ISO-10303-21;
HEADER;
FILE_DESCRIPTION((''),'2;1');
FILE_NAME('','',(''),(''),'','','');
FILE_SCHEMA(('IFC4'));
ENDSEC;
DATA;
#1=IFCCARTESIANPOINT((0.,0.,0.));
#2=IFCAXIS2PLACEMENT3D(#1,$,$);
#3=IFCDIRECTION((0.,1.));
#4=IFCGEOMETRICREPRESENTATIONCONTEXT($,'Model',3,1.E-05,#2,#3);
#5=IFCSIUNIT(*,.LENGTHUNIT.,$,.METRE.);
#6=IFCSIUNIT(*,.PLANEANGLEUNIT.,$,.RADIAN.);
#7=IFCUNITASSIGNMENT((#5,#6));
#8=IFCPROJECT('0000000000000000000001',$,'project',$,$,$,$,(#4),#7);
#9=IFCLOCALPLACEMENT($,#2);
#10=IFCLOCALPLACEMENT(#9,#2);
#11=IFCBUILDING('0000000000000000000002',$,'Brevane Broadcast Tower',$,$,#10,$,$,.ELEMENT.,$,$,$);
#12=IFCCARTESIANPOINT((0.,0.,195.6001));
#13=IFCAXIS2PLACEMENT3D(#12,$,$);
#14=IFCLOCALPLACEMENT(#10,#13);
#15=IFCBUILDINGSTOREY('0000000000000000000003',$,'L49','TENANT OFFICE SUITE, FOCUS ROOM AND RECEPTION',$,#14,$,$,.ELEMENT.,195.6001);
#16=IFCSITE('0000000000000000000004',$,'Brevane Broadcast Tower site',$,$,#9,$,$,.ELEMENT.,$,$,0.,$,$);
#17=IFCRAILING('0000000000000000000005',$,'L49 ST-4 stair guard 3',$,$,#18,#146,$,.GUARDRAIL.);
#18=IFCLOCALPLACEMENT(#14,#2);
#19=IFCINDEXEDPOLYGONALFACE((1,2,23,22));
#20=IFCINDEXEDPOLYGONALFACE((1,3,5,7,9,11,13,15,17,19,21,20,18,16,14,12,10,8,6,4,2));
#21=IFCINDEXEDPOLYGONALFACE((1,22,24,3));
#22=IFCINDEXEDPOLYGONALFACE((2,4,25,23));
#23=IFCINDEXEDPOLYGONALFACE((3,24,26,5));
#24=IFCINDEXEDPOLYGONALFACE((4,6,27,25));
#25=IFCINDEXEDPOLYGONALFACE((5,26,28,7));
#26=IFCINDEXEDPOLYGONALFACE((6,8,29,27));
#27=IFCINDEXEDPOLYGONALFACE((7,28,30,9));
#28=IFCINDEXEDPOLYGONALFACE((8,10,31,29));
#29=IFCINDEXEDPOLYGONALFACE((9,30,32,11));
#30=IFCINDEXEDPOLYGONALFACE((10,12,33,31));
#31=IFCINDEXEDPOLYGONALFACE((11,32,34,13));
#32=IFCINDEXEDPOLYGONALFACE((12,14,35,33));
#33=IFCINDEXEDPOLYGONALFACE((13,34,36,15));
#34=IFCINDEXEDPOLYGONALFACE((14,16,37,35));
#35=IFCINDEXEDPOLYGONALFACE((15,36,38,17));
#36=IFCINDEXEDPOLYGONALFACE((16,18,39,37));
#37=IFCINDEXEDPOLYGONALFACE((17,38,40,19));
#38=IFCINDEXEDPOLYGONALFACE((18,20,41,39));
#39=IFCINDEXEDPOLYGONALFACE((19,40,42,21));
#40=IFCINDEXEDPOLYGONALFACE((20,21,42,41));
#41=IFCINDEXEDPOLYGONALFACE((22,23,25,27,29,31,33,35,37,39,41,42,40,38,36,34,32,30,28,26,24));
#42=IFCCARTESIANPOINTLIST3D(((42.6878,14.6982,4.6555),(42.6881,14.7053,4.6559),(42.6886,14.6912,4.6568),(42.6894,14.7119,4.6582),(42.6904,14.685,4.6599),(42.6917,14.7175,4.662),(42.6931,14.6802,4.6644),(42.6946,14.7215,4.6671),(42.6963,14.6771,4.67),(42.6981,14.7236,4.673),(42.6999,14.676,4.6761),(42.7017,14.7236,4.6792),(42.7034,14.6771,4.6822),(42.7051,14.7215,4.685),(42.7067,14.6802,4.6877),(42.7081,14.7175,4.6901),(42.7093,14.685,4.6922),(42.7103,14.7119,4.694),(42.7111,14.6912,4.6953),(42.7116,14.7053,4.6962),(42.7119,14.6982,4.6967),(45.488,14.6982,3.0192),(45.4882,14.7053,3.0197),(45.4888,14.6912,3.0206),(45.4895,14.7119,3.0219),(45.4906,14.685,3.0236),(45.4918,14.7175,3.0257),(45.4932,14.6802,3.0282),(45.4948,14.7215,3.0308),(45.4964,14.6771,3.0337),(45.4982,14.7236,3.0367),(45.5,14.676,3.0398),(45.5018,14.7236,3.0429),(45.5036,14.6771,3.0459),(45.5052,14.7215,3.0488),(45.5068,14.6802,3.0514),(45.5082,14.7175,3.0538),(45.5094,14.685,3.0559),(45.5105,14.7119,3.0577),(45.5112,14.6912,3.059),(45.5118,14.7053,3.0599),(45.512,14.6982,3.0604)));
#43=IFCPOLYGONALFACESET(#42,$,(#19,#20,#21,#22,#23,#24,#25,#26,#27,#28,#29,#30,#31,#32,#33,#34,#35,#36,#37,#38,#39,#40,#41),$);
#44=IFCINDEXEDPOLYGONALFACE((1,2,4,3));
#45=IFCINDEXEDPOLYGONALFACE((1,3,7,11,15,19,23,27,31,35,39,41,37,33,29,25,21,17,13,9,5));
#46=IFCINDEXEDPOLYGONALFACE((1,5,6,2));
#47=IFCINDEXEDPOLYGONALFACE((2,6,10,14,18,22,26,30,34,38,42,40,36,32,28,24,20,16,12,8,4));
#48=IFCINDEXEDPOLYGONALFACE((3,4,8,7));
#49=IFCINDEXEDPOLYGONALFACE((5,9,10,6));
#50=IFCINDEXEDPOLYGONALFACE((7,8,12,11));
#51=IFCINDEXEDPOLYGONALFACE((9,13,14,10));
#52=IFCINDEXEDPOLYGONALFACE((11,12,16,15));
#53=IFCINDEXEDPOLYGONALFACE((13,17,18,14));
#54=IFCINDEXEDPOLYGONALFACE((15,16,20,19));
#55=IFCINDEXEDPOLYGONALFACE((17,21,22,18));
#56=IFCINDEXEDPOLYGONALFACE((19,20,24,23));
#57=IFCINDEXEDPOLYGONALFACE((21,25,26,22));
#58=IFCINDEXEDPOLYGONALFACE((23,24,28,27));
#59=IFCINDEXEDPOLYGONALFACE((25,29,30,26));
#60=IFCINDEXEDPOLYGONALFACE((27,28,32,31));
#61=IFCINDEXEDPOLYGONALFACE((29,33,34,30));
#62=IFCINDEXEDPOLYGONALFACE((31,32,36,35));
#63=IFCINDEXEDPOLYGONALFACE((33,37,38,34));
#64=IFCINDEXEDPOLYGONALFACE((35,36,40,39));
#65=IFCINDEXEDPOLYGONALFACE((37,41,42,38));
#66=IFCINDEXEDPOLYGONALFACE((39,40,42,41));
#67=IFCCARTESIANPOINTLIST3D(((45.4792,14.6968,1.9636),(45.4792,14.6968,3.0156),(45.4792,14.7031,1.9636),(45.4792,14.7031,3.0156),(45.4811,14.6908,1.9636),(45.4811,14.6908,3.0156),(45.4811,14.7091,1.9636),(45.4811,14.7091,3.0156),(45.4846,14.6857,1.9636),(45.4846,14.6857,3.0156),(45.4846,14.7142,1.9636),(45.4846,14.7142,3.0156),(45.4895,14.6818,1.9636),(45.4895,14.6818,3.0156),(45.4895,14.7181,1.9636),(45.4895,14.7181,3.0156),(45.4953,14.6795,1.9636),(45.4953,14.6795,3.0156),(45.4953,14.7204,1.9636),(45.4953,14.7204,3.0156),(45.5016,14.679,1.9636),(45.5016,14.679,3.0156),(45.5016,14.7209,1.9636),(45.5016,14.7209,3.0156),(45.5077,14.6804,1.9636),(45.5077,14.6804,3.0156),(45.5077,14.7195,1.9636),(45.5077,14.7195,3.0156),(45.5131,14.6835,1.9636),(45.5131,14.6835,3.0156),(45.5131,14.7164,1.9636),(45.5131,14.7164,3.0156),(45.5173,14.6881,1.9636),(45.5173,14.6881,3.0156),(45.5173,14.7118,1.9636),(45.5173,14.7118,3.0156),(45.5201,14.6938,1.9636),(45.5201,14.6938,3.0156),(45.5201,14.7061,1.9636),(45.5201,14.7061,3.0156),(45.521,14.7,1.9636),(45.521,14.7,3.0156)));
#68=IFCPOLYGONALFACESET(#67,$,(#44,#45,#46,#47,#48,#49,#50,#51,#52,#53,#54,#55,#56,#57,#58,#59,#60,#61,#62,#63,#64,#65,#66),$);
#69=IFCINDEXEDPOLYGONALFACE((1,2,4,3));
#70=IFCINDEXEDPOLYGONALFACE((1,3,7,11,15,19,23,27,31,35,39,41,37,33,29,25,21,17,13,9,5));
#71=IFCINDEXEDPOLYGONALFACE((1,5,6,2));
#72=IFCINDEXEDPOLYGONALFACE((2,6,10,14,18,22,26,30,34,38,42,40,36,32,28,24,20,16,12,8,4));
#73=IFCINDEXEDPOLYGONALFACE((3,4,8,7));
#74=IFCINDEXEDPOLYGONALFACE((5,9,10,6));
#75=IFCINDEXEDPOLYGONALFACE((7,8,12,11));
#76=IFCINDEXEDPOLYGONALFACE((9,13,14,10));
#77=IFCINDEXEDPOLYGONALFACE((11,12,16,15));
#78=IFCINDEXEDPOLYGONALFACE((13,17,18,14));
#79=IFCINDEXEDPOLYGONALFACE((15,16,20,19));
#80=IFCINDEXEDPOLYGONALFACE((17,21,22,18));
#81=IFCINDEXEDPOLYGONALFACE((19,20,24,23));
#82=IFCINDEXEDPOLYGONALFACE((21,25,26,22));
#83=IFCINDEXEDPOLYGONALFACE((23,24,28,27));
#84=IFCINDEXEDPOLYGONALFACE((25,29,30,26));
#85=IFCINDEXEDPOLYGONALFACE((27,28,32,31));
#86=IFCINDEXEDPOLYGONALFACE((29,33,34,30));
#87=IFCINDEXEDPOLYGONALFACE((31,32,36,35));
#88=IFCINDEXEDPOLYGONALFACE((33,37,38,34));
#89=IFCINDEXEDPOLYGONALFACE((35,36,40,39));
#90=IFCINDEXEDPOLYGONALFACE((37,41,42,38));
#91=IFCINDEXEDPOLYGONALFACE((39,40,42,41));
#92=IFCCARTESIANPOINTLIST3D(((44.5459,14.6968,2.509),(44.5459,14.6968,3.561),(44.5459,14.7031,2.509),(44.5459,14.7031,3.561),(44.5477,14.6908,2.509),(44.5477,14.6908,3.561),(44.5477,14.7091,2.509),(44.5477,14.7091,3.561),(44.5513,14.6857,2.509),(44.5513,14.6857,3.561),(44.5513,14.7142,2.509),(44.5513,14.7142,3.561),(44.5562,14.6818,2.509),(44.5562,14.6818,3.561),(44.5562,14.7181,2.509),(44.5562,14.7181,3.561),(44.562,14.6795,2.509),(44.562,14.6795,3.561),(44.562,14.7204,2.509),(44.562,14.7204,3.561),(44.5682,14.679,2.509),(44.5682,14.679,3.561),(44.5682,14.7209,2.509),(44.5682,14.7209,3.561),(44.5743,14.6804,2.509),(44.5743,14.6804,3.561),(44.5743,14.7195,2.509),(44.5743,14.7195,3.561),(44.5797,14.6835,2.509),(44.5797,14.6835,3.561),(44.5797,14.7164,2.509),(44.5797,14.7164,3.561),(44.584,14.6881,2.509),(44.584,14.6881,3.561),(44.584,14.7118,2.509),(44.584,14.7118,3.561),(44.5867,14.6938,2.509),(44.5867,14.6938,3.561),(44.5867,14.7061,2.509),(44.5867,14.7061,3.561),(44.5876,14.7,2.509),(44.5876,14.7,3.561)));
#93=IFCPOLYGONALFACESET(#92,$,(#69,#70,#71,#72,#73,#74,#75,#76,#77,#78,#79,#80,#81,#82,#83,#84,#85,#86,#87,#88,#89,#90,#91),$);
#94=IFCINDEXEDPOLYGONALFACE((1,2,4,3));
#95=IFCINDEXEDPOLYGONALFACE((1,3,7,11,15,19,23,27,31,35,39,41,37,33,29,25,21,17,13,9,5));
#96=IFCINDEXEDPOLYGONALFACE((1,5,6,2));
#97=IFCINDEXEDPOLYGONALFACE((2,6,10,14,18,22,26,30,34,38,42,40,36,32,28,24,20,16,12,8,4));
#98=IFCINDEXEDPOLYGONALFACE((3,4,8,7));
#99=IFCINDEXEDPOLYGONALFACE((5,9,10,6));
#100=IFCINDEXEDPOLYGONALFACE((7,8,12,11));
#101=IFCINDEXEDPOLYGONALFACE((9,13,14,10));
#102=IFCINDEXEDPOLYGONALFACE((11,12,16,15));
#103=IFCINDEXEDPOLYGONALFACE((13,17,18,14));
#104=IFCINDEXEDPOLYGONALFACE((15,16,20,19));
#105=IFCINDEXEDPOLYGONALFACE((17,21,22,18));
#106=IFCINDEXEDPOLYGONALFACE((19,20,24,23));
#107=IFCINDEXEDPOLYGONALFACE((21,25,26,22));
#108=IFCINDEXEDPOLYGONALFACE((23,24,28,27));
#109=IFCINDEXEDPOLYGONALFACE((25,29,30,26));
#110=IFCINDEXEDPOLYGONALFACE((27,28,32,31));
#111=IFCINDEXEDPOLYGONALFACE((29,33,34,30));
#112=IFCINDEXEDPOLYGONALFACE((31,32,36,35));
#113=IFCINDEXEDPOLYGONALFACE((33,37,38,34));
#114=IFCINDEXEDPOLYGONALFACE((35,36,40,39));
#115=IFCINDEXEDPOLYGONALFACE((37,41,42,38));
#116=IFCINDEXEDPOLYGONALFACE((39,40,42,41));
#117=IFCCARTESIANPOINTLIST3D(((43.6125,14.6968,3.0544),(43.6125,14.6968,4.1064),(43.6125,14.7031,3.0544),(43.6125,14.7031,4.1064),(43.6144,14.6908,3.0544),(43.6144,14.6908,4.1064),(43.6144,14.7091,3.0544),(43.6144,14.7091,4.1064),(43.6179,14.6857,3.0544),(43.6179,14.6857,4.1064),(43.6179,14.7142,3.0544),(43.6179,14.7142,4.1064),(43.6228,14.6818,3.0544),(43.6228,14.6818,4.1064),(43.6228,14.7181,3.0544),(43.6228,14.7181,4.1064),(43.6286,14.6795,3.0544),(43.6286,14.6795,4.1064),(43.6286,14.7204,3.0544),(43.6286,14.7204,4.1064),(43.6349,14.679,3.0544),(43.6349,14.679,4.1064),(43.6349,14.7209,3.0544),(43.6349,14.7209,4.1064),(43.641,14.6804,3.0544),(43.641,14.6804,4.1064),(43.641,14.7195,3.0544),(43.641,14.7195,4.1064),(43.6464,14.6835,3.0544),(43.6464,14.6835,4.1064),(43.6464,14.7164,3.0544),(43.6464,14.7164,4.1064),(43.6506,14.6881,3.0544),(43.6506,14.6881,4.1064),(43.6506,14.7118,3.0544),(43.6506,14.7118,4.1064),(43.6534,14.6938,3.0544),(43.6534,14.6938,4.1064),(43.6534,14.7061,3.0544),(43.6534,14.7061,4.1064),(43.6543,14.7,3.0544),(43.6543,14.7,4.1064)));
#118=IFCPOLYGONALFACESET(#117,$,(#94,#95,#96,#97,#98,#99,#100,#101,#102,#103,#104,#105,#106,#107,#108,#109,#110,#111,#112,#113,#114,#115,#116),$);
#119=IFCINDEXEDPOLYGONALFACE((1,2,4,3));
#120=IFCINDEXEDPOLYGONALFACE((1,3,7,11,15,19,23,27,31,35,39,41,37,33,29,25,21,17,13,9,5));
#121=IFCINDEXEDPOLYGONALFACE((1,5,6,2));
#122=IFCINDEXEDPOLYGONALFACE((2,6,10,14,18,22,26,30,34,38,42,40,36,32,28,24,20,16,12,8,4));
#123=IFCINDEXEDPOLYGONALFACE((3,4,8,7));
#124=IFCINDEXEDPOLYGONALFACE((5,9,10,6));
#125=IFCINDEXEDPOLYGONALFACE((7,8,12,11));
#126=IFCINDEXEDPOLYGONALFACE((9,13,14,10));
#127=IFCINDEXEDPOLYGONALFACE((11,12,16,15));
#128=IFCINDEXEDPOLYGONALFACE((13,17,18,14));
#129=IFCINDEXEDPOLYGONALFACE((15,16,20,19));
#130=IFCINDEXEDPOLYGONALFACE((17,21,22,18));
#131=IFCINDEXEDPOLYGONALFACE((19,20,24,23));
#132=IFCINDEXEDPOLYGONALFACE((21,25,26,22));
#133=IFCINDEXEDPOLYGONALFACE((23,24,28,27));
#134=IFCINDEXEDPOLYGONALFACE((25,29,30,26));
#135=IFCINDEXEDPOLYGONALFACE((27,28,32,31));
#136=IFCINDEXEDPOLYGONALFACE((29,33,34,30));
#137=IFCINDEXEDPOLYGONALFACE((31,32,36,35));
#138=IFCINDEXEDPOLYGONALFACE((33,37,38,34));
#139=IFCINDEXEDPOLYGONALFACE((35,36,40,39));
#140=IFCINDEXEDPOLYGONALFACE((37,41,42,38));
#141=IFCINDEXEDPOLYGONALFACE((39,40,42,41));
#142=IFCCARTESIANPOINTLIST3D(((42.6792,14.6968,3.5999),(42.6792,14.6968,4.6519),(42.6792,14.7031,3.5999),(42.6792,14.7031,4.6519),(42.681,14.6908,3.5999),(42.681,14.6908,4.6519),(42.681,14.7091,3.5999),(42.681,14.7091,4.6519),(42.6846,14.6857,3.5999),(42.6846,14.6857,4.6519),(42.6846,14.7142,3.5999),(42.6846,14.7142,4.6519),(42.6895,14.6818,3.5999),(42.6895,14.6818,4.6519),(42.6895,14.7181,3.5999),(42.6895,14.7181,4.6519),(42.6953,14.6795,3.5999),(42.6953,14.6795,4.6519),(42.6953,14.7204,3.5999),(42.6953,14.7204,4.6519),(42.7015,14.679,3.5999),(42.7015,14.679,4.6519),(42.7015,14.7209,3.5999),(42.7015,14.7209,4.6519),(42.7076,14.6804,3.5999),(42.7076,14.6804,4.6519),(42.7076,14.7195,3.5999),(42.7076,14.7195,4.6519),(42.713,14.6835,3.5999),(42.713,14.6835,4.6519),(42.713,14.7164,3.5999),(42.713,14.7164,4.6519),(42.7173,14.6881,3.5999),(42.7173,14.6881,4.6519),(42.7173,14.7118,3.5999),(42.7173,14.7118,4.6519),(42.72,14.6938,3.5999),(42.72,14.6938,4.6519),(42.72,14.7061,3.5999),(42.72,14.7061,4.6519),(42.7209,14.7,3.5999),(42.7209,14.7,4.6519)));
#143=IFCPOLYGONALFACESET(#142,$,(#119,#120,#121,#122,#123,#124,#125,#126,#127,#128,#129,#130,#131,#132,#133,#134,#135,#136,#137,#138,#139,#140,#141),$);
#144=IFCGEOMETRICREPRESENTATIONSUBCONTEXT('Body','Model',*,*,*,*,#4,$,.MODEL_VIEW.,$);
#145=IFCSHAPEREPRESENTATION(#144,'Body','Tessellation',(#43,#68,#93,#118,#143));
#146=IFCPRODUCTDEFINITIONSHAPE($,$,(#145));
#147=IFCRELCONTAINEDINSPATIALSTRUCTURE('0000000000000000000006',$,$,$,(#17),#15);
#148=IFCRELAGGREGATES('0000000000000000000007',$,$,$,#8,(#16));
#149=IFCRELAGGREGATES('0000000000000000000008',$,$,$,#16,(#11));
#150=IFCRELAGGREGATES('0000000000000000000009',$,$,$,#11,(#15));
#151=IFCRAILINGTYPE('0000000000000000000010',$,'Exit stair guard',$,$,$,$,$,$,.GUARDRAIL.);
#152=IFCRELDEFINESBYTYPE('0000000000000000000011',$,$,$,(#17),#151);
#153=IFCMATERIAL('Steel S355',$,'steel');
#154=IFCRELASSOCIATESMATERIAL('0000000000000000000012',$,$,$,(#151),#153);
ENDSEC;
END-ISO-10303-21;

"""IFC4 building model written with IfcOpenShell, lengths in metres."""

from ifc_helpers import new_model, si_unit, direction, frame, origin, origin_2d, place, context, subcontext, project, spatial, circle, extrude, material, type_object, element, save


model = new_model("IFC4")

# Units and contexts
model_context = context("Model", 3, precision=1e-05, world=origin(), true_north=direction((0.0, 1.0)))
body_context = subcontext(model_context, "Body", "Model", "MODEL_VIEW")
ifc_project = project(units=[si_unit("LENGTHUNIT", "METRE"), si_unit("PLANEANGLEUNIT", "RADIAN")], contexts=[model_context])

# Site, building, storey
site_placement = place(None, origin())
site = spatial("IfcSite", under=ifc_project, at=site_placement, Name="Brevane Broadcast Tower site", CompositionType="ELEMENT", RefElevation=0.0)
building_placement = place(site_placement, origin())
building = spatial("IfcBuilding", under=site, at=building_placement, Name="Brevane Broadcast Tower", CompositionType="ELEMENT")
storey_placement = place(building_placement, frame((0.0, 0.0, 195.6001)))
storey = spatial("IfcBuildingStorey", under=building, at=storey_placement, Name="L49", Description="TENANT OFFICE SUITE, FOCUS ROOM AND RECEPTION", CompositionType="ELEMENT", Elevation=195.6001)

# Railing
ifc_material_1 = material(Name="Steel S355", Category="steel")
railing_type_1 = type_object("IfcRailingType", Name="Exit stair guard", PredefinedType="GUARDRAIL", material=ifc_material_1)
railing_1_placement = place(storey_placement, frame((45.5, 14.7, 1.9636)))
element("IfcRailing", 1, at=railing_1_placement, inside=storey, type_object=railing_type_1, Name="L49 ST-4 stair guard 3", PredefinedType="GUARDRAIL", context=body_context, shape_type="SweptSolid", body=[
    extrude(circle(Radius=0.0239, at=origin_2d()), frame((0.0, 0.0, 1.0762), z_axis=(-0.863394, 0.0, 0.504531), x_axis=(0.0, -1.0, 0.0)), (0.0, 0.0, 1.0), 3.2432),
    extrude(circle(Radius=0.021, at=origin_2d()), origin(), (0.0, 0.0, 1.0), 1.052),
    extrude(circle(Radius=0.021, at=origin_2d()), frame((-0.9333, 0.0, 0.5454)), (0.0, 0.0, 1.0), 1.052),
    extrude(circle(Radius=0.021, at=origin_2d()), frame((-1.8667, 0.0, 1.0908)), (0.0, 0.0, 1.0), 1.052),
    extrude(circle(Radius=0.021, at=origin_2d()), frame((-2.8, 0.0, 1.6362)), (0.0, 0.0, 1.0), 1.052),
])

save(model, "model.ifc")
